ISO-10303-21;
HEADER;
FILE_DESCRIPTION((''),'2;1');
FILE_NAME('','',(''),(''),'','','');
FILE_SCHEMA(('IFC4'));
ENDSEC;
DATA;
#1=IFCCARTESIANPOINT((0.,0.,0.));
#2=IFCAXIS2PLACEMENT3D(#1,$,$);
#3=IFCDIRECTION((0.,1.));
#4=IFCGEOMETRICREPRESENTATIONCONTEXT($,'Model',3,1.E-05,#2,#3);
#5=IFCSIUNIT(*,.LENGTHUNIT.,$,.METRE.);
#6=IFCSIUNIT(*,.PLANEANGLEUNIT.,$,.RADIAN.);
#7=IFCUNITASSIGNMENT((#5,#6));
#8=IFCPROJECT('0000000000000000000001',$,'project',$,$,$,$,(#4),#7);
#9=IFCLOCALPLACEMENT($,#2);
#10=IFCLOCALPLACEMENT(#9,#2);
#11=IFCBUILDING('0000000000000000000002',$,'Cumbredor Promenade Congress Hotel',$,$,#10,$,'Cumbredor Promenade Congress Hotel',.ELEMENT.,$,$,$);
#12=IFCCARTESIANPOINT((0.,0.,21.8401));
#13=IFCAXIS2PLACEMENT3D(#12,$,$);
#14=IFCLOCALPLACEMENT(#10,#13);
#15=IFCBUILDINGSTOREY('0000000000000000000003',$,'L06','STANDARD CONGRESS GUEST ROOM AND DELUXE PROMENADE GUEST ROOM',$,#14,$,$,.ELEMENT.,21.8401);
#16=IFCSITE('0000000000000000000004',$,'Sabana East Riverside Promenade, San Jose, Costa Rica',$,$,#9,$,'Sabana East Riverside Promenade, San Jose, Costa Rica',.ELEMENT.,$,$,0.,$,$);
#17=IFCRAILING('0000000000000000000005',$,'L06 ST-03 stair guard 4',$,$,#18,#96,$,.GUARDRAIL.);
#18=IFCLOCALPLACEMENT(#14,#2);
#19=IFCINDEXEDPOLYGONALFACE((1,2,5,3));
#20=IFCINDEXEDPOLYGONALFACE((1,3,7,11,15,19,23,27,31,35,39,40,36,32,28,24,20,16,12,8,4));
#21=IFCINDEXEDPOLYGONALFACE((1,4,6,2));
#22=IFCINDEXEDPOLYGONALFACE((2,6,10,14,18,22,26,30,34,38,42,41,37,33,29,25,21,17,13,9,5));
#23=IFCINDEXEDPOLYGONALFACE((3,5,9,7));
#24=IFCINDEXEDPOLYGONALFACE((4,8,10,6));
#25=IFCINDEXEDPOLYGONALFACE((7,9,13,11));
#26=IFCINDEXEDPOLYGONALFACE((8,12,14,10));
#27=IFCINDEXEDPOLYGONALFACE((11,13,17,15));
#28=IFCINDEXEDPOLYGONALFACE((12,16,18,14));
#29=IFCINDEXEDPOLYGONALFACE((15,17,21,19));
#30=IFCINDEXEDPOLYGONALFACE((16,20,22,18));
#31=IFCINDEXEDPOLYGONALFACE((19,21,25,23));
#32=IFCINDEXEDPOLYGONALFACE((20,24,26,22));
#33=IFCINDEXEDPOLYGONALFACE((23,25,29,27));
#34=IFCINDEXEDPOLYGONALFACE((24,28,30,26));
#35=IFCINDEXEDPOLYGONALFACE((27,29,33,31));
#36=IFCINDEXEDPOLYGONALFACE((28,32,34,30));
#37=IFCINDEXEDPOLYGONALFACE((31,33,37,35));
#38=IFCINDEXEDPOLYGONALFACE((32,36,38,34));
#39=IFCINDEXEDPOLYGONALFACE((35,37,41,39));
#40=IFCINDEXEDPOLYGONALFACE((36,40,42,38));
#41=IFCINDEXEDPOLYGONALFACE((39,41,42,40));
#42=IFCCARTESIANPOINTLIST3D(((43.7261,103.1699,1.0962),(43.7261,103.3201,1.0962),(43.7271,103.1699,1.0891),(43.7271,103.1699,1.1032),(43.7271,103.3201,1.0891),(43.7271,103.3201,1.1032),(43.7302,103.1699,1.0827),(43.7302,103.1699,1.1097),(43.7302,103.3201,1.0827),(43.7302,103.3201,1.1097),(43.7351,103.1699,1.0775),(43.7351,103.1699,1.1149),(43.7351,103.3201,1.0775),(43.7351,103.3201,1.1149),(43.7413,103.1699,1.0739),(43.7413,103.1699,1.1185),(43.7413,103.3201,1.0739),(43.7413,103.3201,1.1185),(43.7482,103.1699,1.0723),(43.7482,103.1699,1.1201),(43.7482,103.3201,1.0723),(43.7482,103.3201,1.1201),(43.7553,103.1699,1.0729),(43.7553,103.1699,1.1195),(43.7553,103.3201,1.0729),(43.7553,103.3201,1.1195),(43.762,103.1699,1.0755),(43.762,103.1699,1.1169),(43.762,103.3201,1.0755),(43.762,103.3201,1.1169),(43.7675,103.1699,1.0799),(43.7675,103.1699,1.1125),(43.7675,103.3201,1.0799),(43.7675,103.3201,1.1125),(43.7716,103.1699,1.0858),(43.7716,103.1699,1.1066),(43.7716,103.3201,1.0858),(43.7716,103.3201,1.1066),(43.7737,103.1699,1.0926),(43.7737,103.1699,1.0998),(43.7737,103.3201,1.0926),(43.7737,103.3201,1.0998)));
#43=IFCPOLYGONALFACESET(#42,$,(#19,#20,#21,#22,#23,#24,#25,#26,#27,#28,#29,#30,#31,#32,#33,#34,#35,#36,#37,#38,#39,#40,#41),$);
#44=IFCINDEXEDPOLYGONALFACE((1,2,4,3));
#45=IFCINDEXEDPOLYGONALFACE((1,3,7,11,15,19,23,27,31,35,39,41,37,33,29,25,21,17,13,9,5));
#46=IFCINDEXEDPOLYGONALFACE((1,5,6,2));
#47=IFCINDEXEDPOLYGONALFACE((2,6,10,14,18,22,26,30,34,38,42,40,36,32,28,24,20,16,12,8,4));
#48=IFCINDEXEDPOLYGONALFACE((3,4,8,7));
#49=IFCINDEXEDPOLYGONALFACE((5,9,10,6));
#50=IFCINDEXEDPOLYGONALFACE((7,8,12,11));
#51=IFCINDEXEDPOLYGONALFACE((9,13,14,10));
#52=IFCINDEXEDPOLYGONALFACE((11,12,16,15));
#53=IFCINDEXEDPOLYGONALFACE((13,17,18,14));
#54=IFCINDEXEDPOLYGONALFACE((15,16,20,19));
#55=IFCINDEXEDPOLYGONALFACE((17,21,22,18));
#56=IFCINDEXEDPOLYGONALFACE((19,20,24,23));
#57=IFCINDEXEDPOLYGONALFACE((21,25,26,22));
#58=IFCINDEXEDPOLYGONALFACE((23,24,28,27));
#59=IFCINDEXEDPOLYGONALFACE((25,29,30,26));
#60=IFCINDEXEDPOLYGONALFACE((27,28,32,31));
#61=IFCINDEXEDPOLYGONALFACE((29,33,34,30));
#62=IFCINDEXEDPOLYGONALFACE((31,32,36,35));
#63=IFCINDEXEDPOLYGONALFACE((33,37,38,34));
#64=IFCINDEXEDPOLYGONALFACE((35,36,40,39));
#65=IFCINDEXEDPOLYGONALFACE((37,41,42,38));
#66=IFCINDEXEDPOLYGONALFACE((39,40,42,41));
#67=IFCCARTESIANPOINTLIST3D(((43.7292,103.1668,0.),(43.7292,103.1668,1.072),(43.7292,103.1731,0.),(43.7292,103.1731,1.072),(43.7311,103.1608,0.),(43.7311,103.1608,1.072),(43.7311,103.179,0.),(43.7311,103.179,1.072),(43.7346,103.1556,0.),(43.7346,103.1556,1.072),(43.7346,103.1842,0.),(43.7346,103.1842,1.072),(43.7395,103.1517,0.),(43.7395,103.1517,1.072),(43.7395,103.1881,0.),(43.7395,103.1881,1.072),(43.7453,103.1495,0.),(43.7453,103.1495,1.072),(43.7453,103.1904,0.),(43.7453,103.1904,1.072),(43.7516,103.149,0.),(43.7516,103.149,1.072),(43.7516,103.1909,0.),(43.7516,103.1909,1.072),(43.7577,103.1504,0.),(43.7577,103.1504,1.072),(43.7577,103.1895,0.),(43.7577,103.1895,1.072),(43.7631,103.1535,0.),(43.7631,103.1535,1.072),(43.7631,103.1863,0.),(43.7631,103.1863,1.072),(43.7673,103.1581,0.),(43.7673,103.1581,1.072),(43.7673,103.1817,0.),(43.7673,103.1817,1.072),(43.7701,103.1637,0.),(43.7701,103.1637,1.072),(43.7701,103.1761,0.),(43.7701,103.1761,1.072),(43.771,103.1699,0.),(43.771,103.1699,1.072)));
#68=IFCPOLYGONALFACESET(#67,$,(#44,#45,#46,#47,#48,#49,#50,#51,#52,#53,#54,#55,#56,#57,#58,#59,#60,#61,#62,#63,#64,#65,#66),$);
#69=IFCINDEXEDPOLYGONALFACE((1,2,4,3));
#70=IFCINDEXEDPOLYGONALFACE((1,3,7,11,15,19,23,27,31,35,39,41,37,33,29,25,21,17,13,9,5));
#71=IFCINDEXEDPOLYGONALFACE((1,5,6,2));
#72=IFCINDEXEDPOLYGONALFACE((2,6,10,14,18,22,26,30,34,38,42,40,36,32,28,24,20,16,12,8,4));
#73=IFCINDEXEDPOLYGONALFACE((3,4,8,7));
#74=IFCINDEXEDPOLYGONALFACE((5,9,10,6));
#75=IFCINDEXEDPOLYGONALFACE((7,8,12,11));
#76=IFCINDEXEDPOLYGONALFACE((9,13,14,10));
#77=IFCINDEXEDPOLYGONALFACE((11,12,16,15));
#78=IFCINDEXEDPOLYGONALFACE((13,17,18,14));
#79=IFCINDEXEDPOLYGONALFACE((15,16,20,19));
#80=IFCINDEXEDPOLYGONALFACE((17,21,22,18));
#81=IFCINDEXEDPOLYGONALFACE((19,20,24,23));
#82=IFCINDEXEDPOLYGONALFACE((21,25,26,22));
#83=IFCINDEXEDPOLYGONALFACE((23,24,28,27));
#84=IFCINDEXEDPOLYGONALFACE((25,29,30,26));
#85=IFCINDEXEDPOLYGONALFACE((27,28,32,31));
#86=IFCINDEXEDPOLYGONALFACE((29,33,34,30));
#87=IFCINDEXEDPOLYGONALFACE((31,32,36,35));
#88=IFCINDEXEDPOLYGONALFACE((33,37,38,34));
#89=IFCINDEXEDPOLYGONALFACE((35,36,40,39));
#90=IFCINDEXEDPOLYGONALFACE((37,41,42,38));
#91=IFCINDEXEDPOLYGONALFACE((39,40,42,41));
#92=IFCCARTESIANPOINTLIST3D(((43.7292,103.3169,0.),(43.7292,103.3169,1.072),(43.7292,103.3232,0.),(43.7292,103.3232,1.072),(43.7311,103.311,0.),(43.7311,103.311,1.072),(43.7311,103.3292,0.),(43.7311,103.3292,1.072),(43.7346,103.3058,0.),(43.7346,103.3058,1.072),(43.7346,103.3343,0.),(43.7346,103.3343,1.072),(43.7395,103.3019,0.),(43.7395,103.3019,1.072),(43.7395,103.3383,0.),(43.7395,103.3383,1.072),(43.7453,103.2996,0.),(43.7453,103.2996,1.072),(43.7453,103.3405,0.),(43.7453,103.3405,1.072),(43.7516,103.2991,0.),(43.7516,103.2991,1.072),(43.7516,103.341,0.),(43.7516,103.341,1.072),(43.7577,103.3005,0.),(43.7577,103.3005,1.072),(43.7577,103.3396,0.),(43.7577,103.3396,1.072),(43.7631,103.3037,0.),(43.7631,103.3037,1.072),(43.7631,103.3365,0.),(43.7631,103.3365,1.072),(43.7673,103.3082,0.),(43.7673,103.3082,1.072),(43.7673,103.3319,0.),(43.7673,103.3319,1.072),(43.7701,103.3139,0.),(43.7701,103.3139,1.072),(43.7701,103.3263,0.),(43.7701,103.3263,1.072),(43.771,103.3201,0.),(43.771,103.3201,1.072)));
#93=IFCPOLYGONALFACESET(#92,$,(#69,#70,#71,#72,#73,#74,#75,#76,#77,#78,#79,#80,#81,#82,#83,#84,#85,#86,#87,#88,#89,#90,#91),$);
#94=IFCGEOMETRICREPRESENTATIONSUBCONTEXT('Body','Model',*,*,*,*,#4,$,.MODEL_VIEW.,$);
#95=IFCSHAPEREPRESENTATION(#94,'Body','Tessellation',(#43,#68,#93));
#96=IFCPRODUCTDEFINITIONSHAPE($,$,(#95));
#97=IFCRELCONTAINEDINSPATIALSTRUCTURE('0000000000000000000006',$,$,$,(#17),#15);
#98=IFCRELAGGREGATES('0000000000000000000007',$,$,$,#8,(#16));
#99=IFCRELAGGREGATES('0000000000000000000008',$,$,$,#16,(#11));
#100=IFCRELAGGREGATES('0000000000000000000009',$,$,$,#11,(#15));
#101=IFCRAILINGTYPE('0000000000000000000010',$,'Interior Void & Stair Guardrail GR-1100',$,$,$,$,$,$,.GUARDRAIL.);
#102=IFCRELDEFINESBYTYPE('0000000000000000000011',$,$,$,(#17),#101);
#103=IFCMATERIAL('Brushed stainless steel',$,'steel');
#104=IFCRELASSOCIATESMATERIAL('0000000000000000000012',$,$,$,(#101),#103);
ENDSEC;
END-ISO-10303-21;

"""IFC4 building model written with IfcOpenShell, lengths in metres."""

from ifc_helpers import new_model, si_unit, direction, frame, origin, origin_2d, place, context, subcontext, project, spatial, circle, extrude, material, type_object, element, save


model = new_model("IFC4")

# Units and contexts
model_context = context("Model", 3, precision=1e-05, world=origin(), true_north=direction((0.0, 1.0)))
body_context = subcontext(model_context, "Body", "Model", "MODEL_VIEW")
ifc_project = project(units=[si_unit("LENGTHUNIT", "METRE"), si_unit("PLANEANGLEUNIT", "RADIAN")], contexts=[model_context])

# Site, building, storey
site_placement = place(None, origin())
site = spatial("IfcSite", under=ifc_project, at=site_placement, Name="Sabana East Riverside Promenade, San Jose, Costa Rica", LongName="Sabana East Riverside Promenade, San Jose, Costa Rica", CompositionType="ELEMENT", RefElevation=0.0)
building_placement = place(site_placement, origin())
building = spatial("IfcBuilding", under=site, at=building_placement, Name="Cumbredor Promenade Congress Hotel", LongName="Cumbredor Promenade Congress Hotel", CompositionType="ELEMENT")
storey_placement = place(building_placement, frame((0.0, 0.0, 21.8401)))
storey = spatial("IfcBuildingStorey", under=building, at=storey_placement, Name="L06", Description="STANDARD CONGRESS GUEST ROOM AND DELUXE PROMENADE GUEST ROOM", CompositionType="ELEMENT", Elevation=21.8401)

# Shared definitions
ifc_material_1 = material(Name="Brushed stainless steel", Category="steel")

# Railing
railing_type_1 = type_object("IfcRailingType", Name="Interior Void & Stair Guardrail GR-1100", PredefinedType="GUARDRAIL", material=ifc_material_1)
railing_1_placement = place(storey_placement, frame((43.75, 103.1699, 0.0)))
element("IfcRailing", 1, at=railing_1_placement, inside=storey, type_object=railing_type_1, Name="L06 ST-03 stair guard 4", PredefinedType="GUARDRAIL", context=body_context, shape_type="SweptSolid", body=[
    extrude(circle(Radius=0.0239, at=origin_2d()), frame((0.0, 0.0, 1.0962), z_axis=(0.0, 1.0, 0.0), x_axis=(-1.0, 0.0, 0.0)), (0.0, 0.0, 1.0), 0.1501),
    extrude(circle(Radius=0.021, at=origin_2d()), origin(), (0.0, 0.0, 1.0), 1.072),
    extrude(circle(Radius=0.021, at=origin_2d()), frame((0.0, 0.1501, 0.0)), (0.0, 0.0, 1.0), 1.072),
])

save(model, "model.ifc")
